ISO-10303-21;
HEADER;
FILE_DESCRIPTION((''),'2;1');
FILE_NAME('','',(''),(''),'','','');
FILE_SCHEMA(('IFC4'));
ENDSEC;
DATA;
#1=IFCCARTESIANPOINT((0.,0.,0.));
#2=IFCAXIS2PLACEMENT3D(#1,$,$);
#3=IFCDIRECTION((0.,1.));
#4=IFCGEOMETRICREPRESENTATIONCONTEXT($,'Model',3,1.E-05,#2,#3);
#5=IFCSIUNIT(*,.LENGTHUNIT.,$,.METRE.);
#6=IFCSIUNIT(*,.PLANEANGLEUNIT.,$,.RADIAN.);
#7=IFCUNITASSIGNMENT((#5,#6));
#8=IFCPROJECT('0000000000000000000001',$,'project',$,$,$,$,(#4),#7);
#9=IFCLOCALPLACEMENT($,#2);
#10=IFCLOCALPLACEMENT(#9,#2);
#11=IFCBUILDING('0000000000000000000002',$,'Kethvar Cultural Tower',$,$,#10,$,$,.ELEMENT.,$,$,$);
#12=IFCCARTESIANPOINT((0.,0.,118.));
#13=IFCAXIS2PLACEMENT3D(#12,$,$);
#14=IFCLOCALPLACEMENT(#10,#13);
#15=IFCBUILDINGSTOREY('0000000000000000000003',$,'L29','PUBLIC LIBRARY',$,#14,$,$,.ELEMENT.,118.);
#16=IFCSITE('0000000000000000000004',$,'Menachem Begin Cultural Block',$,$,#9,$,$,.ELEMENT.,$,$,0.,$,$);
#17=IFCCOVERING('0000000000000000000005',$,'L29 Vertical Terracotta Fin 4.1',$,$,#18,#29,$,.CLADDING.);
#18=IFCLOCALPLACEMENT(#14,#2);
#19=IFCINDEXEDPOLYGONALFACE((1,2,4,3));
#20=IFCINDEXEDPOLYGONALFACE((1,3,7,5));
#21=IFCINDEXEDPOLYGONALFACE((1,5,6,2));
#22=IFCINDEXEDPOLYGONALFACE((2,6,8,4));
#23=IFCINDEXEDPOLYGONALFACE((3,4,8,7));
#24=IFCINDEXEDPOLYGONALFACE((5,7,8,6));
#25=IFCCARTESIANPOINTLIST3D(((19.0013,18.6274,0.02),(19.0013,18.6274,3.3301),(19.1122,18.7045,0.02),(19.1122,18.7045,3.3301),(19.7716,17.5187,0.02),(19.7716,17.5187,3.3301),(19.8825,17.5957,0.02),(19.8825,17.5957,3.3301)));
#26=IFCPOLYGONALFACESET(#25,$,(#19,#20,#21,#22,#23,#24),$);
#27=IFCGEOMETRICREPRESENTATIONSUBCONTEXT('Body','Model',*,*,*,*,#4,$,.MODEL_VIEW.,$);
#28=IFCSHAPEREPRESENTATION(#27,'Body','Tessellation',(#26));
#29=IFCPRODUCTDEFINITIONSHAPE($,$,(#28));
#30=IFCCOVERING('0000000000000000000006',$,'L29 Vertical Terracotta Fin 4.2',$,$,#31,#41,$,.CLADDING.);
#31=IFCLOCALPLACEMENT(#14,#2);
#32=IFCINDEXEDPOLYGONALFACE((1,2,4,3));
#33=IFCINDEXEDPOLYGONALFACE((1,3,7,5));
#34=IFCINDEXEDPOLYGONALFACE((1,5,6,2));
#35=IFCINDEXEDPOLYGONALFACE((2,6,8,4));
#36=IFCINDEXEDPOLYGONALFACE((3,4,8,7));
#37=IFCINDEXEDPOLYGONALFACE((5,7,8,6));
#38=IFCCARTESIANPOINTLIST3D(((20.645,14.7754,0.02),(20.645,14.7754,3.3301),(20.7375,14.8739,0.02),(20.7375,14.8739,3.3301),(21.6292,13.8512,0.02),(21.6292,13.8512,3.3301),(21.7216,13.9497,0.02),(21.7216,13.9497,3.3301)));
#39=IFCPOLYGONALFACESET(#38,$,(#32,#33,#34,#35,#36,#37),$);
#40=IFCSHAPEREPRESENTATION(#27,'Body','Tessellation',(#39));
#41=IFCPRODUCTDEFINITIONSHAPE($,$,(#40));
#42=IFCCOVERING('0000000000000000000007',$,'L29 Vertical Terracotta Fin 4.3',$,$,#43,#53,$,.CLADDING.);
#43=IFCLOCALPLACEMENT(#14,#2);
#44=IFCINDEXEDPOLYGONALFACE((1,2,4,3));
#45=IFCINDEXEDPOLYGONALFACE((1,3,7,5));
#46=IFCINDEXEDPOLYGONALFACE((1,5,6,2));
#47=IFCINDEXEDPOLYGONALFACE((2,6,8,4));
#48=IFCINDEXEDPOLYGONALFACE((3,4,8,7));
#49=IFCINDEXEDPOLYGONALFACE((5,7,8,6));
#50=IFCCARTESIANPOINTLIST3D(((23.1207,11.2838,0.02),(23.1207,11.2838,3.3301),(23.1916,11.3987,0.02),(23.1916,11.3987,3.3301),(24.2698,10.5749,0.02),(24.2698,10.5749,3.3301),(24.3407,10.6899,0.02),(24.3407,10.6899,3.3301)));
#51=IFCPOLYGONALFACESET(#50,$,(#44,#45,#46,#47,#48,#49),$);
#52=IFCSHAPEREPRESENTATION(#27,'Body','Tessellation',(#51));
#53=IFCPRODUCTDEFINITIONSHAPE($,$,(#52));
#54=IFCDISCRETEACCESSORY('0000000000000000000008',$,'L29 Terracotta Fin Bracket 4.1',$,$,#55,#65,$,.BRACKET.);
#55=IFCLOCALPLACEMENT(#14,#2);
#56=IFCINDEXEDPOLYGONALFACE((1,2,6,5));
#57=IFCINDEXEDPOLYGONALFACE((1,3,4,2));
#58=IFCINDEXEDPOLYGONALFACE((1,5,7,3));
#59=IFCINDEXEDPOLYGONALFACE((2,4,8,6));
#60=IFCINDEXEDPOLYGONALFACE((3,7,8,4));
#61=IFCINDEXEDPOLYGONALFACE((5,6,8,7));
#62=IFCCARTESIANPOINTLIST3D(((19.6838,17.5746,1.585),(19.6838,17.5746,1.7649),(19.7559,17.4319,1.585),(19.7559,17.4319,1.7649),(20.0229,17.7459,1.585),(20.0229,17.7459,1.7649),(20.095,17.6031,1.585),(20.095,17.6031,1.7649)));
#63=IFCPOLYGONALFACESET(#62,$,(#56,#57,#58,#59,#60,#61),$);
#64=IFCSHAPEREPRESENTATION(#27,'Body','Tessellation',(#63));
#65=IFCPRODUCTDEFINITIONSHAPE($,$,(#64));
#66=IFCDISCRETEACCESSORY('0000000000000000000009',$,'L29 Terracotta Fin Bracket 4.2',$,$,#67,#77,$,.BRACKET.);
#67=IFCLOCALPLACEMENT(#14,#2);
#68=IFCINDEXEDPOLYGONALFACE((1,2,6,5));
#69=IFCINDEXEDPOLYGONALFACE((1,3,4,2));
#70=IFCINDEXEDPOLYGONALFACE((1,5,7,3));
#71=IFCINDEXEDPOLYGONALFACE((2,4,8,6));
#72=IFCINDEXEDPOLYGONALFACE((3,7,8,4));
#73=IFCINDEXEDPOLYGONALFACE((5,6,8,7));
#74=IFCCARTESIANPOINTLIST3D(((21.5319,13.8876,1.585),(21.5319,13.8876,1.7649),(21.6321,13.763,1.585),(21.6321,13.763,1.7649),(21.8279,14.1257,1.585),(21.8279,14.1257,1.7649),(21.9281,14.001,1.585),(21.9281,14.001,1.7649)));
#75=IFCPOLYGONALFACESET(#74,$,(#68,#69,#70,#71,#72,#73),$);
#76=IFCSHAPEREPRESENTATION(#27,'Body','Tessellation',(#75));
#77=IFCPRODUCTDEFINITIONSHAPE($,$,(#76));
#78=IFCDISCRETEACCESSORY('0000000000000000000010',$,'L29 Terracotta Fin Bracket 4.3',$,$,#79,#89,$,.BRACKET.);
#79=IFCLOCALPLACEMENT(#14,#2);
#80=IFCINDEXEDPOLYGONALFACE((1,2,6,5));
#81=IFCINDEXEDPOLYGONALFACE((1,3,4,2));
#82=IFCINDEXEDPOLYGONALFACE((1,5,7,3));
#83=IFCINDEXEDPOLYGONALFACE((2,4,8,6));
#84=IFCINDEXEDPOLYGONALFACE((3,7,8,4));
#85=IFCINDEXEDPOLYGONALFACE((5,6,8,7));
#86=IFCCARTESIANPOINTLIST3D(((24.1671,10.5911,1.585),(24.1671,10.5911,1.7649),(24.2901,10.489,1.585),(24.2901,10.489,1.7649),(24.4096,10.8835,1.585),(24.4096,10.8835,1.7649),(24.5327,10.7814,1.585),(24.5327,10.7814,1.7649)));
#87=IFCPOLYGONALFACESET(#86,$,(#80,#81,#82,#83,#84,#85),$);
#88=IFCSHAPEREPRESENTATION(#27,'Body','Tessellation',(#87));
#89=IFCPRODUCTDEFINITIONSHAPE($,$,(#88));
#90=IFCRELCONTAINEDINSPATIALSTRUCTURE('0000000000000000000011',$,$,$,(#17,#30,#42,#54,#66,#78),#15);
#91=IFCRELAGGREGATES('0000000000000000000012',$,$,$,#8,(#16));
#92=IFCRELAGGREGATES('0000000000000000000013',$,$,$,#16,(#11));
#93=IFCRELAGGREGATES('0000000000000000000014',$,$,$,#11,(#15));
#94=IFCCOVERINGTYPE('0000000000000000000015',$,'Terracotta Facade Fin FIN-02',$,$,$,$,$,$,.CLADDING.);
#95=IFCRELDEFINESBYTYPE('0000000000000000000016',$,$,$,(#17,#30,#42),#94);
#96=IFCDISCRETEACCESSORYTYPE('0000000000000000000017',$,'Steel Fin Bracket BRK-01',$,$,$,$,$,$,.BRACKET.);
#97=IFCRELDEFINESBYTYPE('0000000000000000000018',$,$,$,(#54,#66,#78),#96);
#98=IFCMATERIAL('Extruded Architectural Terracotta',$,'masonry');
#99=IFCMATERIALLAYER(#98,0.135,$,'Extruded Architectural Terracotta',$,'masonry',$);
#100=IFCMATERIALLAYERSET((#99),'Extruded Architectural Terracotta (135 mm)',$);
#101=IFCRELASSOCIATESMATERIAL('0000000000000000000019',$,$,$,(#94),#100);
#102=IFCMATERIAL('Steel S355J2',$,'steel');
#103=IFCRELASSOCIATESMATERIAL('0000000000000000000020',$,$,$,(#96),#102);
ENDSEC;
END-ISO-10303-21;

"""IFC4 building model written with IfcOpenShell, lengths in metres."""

from ifc_helpers import new_model, si_unit, direction, frame, origin, origin_2d, place, context, subcontext, project, spatial, rectangle, extrude, source, transform, mapped, material, layer, layer_set, type_object, element, save


model = new_model("IFC4")

# Units and contexts
model_context = context("Model", 3, precision=1e-05, world=origin(), true_north=direction((0.0, 1.0)))
body_context = subcontext(model_context, "Body", "Model", "MODEL_VIEW")
ifc_project = project(units=[si_unit("LENGTHUNIT", "METRE"), si_unit("PLANEANGLEUNIT", "RADIAN")], contexts=[model_context])

# Site, building, storey
site_placement = place(None, origin())
site = spatial("IfcSite", under=ifc_project, at=site_placement, Name="Menachem Begin Cultural Block", CompositionType="ELEMENT", RefElevation=0.0)
building_placement = place(site_placement, origin())
building = spatial("IfcBuilding", under=site, at=building_placement, Name="Kethvar Cultural Tower", CompositionType="ELEMENT")
storey_placement = place(building_placement, frame((0.0, 0.0, 118.0)))
storey = spatial("IfcBuildingStorey", under=building, at=storey_placement, Name="L29", Description="PUBLIC LIBRARY", CompositionType="ELEMENT", Elevation=118.0)

# Shared definitions
ifc_material_1 = material(Name="Steel S355J2", Category="steel")

# Coverings
ifc_material_2 = material(Name="Extruded Architectural Terracotta", Category="masonry")
ifc_layer_1 = layer(ifc_material_2, 0.135, Name="Extruded Architectural Terracotta", Category="masonry")
ifc_layer_set_1 = layer_set([ifc_layer_1], Name="Extruded Architectural Terracotta (135 mm)")
covering_type = type_object("IfcCoveringType", Name="Terracotta Facade Fin FIN-02", PredefinedType="CLADDING", material=ifc_layer_set_1)
shared_shape_1 = source(origin(), body_context, "Body", "SweptSolid", [
    extrude(rectangle(XDim=1.3501, YDim=0.135, at=origin_2d()), origin(), (0.0, 0.0, 1.0), 3.3101),
])
for number, where, z_axis, x_axis, name in (
    (1, (19.4419, 18.1116, 0.02), (0.0, 0.0, 1.0), (-0.57057, 0.821249, 0.0), "L29 Vertical Terracotta Fin 4.1"),
    (2, (21.1833, 14.3625, 0.02), (0.0, 0.0, 1.0), (-0.728969, 0.684547, 0.0), "L29 Vertical Terracotta Fin 4.2"),
    (3, (23.7307, 10.9868, 0.02), (0.0, 0.0, 1.0), (-0.851086, 0.525026, 0.0), "L29 Vertical Terracotta Fin 4.3"),
):
    element("IfcCovering", number, at=place(storey_placement, frame(where, z_axis=z_axis, x_axis=x_axis)), inside=storey, type_object=covering_type, Name=name, PredefinedType="CLADDING", context=body_context, shape_type="MappedRepresentation", body=[
        mapped(shared_shape_1, transform((0.0, 0.0, 0.0), scale=1.0)),
    ])

# Discrete accessories
discrete_accessory_type = type_object("IfcDiscreteAccessoryType", Name="Steel Fin Bracket BRK-01", PredefinedType="BRACKET", material=ifc_material_1)
shared_shape_2 = source(origin(), body_context, "Body", "SweptSolid", [
    extrude(rectangle(XDim=0.3799, YDim=0.1599, at=origin_2d()), origin(), (0.0, 0.0, 1.0), 0.1799),
])
for number, where, z_axis, x_axis, name in (
    (4, (19.8894, 17.5889, 1.585), (0.0, 0.0, 1.0), (-0.892664, -0.450722, 0.0), "L29 Terracotta Fin Bracket 4.1"),
    (5, (21.73, 13.9443, 1.585), (0.0, 0.0, 1.0), (-0.779338, -0.626604, 0.0), "L29 Terracotta Fin Bracket 4.2"),
    (6, (24.3499, 10.6863, 1.585), (0.0, 0.0, 1.0), (-0.638365, -0.769734, 0.0), "L29 Terracotta Fin Bracket 4.3"),
):
    element("IfcDiscreteAccessory", number, at=place(storey_placement, frame(where, z_axis=z_axis, x_axis=x_axis)), inside=storey, type_object=discrete_accessory_type, Name=name, PredefinedType="BRACKET", context=body_context, shape_type="MappedRepresentation", body=[
        mapped(shared_shape_2, transform((0.0, 0.0, 0.0), scale=1.0)),
    ])

save(model, "model.ifc")
